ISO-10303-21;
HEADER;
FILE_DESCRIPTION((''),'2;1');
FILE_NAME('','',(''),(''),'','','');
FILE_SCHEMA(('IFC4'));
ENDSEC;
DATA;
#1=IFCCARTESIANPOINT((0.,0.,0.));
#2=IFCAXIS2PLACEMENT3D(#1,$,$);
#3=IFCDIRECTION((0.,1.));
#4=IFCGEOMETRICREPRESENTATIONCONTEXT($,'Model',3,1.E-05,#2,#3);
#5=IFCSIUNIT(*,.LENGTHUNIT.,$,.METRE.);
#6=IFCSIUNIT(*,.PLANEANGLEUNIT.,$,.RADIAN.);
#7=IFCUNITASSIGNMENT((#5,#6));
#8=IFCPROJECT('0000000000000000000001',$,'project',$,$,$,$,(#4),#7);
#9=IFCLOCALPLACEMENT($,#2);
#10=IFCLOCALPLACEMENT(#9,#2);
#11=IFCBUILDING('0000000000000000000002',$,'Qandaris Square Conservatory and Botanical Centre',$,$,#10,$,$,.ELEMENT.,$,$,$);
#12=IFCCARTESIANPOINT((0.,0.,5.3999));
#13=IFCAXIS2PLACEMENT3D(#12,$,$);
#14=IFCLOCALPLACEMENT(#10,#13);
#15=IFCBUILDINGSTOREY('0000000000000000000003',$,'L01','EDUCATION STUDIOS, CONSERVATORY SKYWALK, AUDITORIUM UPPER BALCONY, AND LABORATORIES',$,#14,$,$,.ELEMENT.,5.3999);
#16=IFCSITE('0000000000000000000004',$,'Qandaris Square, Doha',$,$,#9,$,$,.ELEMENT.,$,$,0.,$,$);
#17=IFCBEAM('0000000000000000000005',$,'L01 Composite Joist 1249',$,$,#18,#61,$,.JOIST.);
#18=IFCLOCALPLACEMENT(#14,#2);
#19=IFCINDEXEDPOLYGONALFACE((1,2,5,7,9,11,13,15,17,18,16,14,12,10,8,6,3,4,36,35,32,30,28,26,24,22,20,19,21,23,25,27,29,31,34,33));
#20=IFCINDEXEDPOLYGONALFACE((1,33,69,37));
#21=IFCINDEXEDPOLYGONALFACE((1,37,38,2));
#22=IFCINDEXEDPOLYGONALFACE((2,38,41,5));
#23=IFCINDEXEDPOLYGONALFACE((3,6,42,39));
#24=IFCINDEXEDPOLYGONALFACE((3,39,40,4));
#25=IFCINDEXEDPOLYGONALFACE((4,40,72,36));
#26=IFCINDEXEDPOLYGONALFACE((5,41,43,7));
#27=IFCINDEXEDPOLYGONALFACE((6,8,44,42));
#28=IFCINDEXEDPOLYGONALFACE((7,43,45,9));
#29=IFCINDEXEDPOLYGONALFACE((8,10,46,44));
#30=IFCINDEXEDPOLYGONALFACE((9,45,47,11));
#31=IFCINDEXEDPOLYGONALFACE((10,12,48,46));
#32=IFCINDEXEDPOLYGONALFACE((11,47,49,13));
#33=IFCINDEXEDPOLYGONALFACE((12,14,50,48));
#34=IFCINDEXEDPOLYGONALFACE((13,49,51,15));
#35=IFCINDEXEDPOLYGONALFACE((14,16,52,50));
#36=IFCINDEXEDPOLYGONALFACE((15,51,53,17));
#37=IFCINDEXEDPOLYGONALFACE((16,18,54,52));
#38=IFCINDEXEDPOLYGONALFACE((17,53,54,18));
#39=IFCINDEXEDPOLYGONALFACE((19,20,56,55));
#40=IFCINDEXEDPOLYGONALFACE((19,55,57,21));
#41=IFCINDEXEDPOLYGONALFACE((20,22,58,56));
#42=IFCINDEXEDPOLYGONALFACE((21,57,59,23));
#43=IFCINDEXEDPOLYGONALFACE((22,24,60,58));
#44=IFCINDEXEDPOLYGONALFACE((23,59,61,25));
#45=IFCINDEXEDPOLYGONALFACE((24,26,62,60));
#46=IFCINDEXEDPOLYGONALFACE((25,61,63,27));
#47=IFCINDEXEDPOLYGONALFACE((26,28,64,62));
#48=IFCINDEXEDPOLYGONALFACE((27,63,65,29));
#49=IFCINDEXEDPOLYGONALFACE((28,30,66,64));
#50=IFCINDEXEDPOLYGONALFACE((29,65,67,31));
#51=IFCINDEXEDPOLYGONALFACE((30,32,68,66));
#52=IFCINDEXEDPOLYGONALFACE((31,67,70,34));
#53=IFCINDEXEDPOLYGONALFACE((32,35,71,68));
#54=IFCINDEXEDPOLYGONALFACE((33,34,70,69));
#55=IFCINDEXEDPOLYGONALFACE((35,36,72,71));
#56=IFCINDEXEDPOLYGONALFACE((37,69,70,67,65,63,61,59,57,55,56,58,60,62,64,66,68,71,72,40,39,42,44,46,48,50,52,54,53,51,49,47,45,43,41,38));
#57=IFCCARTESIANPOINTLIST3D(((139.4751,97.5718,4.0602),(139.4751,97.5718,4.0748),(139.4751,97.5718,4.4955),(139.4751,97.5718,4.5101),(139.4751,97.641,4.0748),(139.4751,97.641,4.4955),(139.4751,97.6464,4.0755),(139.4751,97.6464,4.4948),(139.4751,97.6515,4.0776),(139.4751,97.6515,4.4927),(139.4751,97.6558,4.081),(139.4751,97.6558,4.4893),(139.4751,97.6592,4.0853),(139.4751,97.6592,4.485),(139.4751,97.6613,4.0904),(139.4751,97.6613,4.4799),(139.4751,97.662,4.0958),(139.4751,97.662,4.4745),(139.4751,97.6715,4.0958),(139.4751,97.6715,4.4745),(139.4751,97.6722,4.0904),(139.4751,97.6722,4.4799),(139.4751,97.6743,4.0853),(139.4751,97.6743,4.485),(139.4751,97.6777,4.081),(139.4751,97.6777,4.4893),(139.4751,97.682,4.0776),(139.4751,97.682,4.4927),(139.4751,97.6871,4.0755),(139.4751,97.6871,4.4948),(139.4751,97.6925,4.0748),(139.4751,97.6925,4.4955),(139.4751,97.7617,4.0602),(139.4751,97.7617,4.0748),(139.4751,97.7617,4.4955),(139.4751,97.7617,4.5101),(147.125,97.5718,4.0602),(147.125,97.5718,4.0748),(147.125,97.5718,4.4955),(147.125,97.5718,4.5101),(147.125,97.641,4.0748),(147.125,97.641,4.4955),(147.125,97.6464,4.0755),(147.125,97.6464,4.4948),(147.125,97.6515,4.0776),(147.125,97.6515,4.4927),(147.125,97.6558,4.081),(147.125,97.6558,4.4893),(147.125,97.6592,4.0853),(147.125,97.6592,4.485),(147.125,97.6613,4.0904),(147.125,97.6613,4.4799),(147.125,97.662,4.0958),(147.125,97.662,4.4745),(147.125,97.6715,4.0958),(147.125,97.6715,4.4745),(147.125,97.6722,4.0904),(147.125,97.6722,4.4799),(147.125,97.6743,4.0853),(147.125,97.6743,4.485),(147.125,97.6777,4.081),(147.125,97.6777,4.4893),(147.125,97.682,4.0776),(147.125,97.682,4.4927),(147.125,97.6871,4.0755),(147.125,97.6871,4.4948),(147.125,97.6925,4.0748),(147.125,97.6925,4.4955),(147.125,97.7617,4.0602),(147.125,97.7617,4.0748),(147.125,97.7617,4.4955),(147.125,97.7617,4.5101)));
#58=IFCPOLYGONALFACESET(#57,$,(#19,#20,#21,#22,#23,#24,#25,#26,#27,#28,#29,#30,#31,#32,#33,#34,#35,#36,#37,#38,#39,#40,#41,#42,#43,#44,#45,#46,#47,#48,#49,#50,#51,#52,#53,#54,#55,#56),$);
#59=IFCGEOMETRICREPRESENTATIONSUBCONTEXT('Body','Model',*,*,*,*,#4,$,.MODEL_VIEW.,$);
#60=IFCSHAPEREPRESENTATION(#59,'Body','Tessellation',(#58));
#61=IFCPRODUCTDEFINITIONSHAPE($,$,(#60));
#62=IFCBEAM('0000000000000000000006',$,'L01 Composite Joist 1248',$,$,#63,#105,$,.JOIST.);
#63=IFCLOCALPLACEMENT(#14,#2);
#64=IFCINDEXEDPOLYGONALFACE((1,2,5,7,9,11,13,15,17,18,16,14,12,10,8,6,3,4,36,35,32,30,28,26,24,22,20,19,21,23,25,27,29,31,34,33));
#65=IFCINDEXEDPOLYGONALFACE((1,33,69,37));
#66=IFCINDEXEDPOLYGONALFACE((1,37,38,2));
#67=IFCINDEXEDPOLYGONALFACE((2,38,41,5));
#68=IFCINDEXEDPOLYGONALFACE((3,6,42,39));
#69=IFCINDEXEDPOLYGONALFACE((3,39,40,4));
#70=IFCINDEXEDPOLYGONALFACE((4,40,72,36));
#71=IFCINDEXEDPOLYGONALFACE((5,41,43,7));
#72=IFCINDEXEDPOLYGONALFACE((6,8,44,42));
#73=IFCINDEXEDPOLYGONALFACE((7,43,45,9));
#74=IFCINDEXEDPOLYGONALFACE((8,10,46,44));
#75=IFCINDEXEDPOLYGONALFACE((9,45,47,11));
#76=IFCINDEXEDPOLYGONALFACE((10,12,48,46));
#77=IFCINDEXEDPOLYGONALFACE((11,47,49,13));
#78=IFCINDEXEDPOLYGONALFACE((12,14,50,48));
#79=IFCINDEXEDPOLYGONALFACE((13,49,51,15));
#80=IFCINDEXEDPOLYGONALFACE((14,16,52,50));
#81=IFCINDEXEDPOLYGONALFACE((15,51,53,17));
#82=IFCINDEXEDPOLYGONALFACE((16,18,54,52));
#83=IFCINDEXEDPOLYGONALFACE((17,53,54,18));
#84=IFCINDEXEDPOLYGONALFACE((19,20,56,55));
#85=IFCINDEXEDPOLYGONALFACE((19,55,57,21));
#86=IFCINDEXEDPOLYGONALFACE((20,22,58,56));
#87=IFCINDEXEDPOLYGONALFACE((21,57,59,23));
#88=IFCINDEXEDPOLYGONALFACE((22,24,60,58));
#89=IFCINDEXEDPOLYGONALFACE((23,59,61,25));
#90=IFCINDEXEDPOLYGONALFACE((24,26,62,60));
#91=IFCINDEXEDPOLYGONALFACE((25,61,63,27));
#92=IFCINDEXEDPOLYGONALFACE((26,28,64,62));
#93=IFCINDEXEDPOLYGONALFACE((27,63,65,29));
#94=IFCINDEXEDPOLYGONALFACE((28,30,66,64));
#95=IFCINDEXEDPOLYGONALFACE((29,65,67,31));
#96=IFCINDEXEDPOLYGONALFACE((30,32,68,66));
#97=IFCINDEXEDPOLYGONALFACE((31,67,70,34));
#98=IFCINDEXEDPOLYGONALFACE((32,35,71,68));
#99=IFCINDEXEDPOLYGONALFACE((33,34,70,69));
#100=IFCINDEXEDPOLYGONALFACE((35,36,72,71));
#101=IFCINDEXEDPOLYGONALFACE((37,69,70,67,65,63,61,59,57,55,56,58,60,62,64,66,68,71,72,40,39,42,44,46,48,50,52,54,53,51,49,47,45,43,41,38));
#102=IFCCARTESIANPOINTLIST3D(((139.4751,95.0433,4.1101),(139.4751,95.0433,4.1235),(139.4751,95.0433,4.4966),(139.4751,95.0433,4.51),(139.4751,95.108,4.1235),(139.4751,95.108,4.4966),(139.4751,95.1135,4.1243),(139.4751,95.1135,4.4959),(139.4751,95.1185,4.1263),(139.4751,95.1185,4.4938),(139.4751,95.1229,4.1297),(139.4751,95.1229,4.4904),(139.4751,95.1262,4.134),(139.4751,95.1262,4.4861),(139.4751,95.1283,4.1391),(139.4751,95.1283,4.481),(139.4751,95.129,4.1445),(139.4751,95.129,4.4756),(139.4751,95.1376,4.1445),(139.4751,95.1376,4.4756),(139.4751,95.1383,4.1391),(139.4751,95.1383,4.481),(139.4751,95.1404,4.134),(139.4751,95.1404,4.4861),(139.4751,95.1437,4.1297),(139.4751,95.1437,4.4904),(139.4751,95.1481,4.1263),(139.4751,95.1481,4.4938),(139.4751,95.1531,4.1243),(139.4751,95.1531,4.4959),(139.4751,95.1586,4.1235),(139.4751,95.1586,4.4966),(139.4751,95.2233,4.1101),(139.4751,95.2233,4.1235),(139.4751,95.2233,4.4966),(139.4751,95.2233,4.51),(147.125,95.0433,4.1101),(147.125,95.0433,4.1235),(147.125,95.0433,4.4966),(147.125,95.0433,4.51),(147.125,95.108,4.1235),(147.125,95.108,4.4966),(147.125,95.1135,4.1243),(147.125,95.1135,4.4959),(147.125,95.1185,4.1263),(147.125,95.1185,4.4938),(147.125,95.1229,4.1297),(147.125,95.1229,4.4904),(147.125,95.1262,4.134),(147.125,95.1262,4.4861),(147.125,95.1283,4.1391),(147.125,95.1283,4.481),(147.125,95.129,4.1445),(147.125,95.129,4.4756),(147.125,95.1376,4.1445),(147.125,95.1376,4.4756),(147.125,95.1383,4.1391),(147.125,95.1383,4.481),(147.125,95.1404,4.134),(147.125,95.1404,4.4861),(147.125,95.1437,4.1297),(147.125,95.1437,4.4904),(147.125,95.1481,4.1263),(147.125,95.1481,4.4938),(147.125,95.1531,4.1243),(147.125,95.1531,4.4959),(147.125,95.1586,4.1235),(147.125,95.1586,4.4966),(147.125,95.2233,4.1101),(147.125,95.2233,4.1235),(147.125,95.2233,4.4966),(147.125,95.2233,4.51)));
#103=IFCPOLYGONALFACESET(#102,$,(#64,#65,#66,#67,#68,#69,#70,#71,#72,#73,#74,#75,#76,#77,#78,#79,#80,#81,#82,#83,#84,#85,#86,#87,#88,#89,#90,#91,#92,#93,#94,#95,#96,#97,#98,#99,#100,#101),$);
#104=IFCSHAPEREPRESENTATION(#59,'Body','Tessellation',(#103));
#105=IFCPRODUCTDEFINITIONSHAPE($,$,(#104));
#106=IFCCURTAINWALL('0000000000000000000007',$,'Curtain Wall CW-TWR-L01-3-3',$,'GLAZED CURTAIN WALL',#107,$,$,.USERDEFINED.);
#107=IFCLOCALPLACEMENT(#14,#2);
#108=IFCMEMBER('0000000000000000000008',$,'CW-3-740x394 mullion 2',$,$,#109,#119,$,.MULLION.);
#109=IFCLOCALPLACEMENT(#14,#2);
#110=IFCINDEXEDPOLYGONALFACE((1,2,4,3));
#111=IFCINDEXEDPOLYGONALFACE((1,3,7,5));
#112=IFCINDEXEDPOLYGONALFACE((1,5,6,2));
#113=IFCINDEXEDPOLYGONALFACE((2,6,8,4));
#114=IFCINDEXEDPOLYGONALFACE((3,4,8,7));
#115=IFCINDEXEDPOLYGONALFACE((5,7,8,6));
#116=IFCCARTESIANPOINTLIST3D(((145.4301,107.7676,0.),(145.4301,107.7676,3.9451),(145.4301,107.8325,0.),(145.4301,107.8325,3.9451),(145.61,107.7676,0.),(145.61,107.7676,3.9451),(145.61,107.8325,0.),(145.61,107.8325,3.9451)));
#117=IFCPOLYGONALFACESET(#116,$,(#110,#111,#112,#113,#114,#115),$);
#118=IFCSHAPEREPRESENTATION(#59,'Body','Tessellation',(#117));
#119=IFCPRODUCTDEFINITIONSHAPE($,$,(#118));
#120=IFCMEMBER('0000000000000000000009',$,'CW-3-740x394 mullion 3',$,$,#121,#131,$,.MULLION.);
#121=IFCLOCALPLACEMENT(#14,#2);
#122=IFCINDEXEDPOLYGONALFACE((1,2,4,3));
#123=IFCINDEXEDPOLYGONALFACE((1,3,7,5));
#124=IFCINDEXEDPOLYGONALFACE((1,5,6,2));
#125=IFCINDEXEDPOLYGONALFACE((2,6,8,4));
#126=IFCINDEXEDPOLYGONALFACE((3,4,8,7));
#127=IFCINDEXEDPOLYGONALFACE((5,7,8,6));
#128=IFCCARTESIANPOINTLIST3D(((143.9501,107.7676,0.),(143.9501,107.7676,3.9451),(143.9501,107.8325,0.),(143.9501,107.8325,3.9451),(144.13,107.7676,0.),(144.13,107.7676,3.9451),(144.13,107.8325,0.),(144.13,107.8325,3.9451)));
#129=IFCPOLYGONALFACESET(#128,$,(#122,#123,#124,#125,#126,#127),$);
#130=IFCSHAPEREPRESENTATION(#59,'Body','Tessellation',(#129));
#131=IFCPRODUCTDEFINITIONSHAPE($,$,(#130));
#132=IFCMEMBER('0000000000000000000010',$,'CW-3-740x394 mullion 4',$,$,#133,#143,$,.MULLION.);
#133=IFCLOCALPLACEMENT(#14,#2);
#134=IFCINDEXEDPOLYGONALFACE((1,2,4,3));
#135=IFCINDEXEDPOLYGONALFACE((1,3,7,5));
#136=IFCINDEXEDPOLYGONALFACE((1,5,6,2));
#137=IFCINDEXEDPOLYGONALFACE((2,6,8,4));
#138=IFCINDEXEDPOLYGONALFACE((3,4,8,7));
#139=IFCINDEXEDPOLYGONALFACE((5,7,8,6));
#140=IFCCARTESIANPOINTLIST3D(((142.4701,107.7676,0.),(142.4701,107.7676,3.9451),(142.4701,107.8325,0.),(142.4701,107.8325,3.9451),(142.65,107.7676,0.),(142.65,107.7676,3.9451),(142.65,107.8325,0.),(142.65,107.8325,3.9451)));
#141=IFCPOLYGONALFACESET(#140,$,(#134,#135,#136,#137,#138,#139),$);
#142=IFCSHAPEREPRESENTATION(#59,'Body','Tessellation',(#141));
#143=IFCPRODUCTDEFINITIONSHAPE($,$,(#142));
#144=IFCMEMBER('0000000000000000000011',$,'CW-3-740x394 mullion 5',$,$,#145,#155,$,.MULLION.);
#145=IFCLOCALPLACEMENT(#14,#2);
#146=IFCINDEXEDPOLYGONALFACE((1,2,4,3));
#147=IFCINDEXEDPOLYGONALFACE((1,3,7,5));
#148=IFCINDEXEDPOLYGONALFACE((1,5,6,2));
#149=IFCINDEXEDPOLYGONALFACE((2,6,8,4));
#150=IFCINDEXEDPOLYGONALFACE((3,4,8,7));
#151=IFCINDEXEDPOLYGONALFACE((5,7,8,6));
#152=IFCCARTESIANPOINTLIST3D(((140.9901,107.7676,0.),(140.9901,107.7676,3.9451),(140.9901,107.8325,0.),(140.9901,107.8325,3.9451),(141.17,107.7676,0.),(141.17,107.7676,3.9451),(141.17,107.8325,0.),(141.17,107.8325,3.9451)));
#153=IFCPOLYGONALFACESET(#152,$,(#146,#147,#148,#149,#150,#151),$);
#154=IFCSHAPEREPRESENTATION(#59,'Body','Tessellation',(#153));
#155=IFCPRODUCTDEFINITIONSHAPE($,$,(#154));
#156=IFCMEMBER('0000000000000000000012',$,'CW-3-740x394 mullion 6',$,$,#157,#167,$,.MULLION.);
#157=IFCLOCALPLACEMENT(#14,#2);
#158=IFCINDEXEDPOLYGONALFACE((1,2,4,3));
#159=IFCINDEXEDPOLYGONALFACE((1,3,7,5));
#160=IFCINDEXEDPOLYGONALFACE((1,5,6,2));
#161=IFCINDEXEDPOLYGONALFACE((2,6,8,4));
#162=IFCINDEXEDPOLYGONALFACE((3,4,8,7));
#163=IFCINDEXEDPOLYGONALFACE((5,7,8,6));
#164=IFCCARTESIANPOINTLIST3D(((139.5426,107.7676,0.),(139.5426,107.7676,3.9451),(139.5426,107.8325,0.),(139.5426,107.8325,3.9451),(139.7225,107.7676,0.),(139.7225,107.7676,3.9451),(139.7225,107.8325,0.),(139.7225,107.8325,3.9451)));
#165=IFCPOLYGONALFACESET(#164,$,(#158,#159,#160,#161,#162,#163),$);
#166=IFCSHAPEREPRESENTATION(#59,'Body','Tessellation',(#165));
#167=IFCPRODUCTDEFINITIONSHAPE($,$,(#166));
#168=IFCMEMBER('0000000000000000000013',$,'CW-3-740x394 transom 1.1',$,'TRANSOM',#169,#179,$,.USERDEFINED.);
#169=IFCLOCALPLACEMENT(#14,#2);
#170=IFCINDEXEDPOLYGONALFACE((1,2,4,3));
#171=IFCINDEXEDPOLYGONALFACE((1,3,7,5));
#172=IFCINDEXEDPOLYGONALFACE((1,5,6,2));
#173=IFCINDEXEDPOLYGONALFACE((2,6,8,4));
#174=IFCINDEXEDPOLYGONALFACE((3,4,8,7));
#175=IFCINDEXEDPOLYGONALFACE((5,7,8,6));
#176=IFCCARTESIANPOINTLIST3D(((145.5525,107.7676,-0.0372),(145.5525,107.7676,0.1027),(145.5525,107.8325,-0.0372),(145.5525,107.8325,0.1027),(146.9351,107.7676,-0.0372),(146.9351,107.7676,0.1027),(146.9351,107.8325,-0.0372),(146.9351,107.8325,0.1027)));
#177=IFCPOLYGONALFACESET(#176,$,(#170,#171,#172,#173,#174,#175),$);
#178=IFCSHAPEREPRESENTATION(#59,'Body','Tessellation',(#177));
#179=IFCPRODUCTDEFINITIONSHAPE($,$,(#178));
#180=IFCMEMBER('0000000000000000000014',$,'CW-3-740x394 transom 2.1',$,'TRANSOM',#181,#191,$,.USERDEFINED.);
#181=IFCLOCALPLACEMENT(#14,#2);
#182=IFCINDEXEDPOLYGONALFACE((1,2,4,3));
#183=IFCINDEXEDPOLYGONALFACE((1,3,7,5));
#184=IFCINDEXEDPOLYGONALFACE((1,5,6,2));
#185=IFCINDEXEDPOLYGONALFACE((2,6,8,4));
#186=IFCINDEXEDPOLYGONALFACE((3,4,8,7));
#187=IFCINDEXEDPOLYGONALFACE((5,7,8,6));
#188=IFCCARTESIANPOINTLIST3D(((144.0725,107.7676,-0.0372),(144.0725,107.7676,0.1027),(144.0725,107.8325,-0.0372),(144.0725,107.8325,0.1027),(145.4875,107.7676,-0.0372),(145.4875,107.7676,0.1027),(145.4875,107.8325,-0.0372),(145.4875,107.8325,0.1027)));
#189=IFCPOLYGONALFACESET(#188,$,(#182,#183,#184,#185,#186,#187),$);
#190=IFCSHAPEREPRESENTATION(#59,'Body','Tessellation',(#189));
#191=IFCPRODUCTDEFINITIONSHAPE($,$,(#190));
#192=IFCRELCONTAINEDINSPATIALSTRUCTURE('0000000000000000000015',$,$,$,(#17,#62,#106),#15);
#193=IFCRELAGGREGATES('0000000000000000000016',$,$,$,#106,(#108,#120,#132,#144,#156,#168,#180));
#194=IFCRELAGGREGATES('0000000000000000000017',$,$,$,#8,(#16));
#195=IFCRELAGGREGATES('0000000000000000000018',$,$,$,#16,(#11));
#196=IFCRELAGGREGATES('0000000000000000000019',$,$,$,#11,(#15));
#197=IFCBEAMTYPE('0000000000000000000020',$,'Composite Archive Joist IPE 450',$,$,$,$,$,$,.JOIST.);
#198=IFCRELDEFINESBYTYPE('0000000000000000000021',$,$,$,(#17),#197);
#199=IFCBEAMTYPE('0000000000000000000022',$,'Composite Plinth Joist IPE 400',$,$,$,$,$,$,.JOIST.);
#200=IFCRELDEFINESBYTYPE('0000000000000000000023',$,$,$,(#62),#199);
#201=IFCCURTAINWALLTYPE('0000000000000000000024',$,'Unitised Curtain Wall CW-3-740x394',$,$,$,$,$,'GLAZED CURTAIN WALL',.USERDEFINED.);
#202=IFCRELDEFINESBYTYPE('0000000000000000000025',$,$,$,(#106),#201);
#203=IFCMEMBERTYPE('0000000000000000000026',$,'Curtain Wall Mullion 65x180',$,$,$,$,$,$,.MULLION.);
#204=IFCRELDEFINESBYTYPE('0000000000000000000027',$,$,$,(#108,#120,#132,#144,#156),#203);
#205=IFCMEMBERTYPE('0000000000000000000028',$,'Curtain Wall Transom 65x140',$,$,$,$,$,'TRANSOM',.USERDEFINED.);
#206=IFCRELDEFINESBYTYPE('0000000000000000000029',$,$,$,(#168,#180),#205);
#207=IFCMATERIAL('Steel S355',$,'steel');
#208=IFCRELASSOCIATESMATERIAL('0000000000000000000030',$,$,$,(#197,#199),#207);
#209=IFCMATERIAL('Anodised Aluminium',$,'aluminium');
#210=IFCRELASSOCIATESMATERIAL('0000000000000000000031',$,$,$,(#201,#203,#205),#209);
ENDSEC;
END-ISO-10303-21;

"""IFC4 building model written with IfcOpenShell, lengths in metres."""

from ifc_helpers import new_model, si_unit, direction, frame, origin, origin_2d, place, context, subcontext, project, spatial, rectangle, i_section, extrude, material, material_profile, profile_set, type_object, element, aggregate, save


model = new_model("IFC4")

# Units and contexts
model_context = context("Model", 3, precision=1e-05, world=origin(), true_north=direction((0.0, 1.0)))
body_context = subcontext(model_context, "Body", "Model", "MODEL_VIEW")
ifc_project = project(units=[si_unit("LENGTHUNIT", "METRE"), si_unit("PLANEANGLEUNIT", "RADIAN")], contexts=[model_context])

# Site, building, storey
site_placement = place(None, origin())
site = spatial("IfcSite", under=ifc_project, at=site_placement, Name="Qandaris Square, Doha", CompositionType="ELEMENT", RefElevation=0.0)
building_placement = place(site_placement, origin())
building = spatial("IfcBuilding", under=site, at=building_placement, Name="Qandaris Square Conservatory and Botanical Centre", CompositionType="ELEMENT")
storey_placement = place(building_placement, frame((0.0, 0.0, 5.3999)))
storey = spatial("IfcBuildingStorey", under=building, at=storey_placement, Name="L01", Description="EDUCATION STUDIOS, CONSERVATORY SKYWALK, AUDITORIUM UPPER BALCONY, AND LABORATORIES", CompositionType="ELEMENT", Elevation=5.3999)

# Beams
ifc_material_1 = material(Name="Steel S355", Category="steel")
ifc_material_profile_1 = material_profile(ifc_material_1, i_section(OverallWidth=0.1899, OverallDepth=0.45, WebThickness=0.0095, FlangeThickness=0.0146, FilletRadius=0.021, at=origin_2d()), Name="IPE 450")
ifc_profile_set_1 = profile_set([ifc_material_profile_1], Name="Steel S355")
beam_type_1 = type_object("IfcBeamType", Name="Composite Archive Joist IPE 450", PredefinedType="JOIST", material=ifc_profile_set_1)
beam_1_placement = place(storey_placement, frame((139.4751, 97.6667, 4.2852), z_axis=(1.0, 0.0, 0.0), x_axis=(0.0, 1.0, 0.0)))
element("IfcBeam", 1, at=beam_1_placement, inside=storey, type_object=beam_type_1, Name="L01 Composite Joist 1249", PredefinedType="JOIST", context=body_context, shape_type="SweptSolid", body=[
    extrude(i_section(OverallWidth=0.1899, OverallDepth=0.45, WebThickness=0.0095, FlangeThickness=0.0146, FilletRadius=0.021, at=origin_2d()), origin(), (0.0, 0.0, 1.0), 7.6499),
])
ifc_material_profile_2 = material_profile(ifc_material_1, i_section(OverallWidth=0.1799, OverallDepth=0.3999, WebThickness=0.0085, FlangeThickness=0.0134, FilletRadius=0.021, at=origin_2d()), Name="IPE 400")
ifc_profile_set_2 = profile_set([ifc_material_profile_2], Name="Steel S355")
beam_type_2 = type_object("IfcBeamType", Name="Composite Plinth Joist IPE 400", PredefinedType="JOIST", material=ifc_profile_set_2)
beam_2_placement = place(storey_placement, frame((139.4751, 95.1333, 4.3101), z_axis=(1.0, 0.0, 0.0), x_axis=(0.0, 1.0, 0.0)))
element("IfcBeam", 2, at=beam_2_placement, inside=storey, type_object=beam_type_2, Name="L01 Composite Joist 1248", PredefinedType="JOIST", context=body_context, shape_type="SweptSolid", body=[
    extrude(i_section(OverallWidth=0.1799, OverallDepth=0.3999, WebThickness=0.0085, FlangeThickness=0.0134, FilletRadius=0.021, at=origin_2d()), origin(), (0.0, 0.0, 1.0), 7.6499),
])

# Curtain wall, members
ifc_material_2 = material(Name="Anodised Aluminium", Category="aluminium")
curtain_wall_type = type_object("IfcCurtainWallType", Name="Unitised Curtain Wall CW-3-740x394", ElementType="GLAZED CURTAIN WALL", PredefinedType="USERDEFINED", material=ifc_material_2)
curtain_wall_placement = place(storey_placement, origin())
curtain_wall = element("IfcCurtainWall", 3, at=curtain_wall_placement, inside=storey, type_object=curtain_wall_type, Name="Curtain Wall CW-TWR-L01-3-3", ObjectType="GLAZED CURTAIN WALL", PredefinedType="USERDEFINED")
ifc_material_profile_3 = material_profile(ifc_material_2, rectangle(XDim=0.0649, YDim=0.1799, at=origin_2d()), Name="ALU-MUL 65x180")
ifc_profile_set_3 = profile_set([ifc_material_profile_3], Name="Anodised Aluminium")
member_type_1 = type_object("IfcMemberType", Name="Curtain Wall Mullion 65x180", PredefinedType="MULLION", material=ifc_profile_set_3)
member_1_placement = place(storey_placement, frame((145.52, 107.8, 0.0), z_axis=(0.0, 0.0, 1.0), x_axis=(0.0, -1.0, 0.0)))
member_1 = element("IfcMember", 4, at=member_1_placement, type_object=member_type_1, Name="CW-3-740x394 mullion 2", PredefinedType="MULLION", context=body_context, shape_type="SweptSolid", body=[
    extrude(rectangle(XDim=0.0649, YDim=0.1799, at=origin_2d()), origin(), (0.0, 0.0, 1.0), 3.9451),
])
member_2_placement = place(storey_placement, frame((144.04, 107.8, 0.0), z_axis=(0.0, 0.0, 1.0), x_axis=(0.0, -1.0, 0.0)))
member_2 = element("IfcMember", 5, at=member_2_placement, type_object=member_type_1, Name="CW-3-740x394 mullion 3", PredefinedType="MULLION", context=body_context, shape_type="SweptSolid", body=[
    extrude(rectangle(XDim=0.0649, YDim=0.1799, at=origin_2d()), origin(), (0.0, 0.0, 1.0), 3.9451),
])
member_3_placement = place(storey_placement, frame((142.5601, 107.8, 0.0), z_axis=(0.0, 0.0, 1.0), x_axis=(0.0, -1.0, 0.0)))
member_3 = element("IfcMember", 6, at=member_3_placement, type_object=member_type_1, Name="CW-3-740x394 mullion 4", PredefinedType="MULLION", context=body_context, shape_type="SweptSolid", body=[
    extrude(rectangle(XDim=0.0649, YDim=0.1799, at=origin_2d()), origin(), (0.0, 0.0, 1.0), 3.9451),
])
member_4_placement = place(storey_placement, frame((141.0801, 107.8, 0.0), z_axis=(0.0, 0.0, 1.0), x_axis=(0.0, -1.0, 0.0)))
member_4 = element("IfcMember", 7, at=member_4_placement, type_object=member_type_1, Name="CW-3-740x394 mullion 5", PredefinedType="MULLION", context=body_context, shape_type="SweptSolid", body=[
    extrude(rectangle(XDim=0.0649, YDim=0.1799, at=origin_2d()), origin(), (0.0, 0.0, 1.0), 3.9451),
])
member_5_placement = place(storey_placement, frame((139.6326, 107.8, 0.0), z_axis=(0.0, 0.0, 1.0), x_axis=(0.0, -1.0, 0.0)))
member_5 = element("IfcMember", 8, at=member_5_placement, type_object=member_type_1, Name="CW-3-740x394 mullion 6", PredefinedType="MULLION", context=body_context, shape_type="SweptSolid", body=[
    extrude(rectangle(XDim=0.0649, YDim=0.1799, at=origin_2d()), origin(), (0.0, 0.0, 1.0), 3.9451),
])
ifc_material_profile_4 = material_profile(ifc_material_2, rectangle(XDim=0.0649, YDim=0.1399, at=origin_2d()), Name="ALU-TRN 65x140")
ifc_profile_set_4 = profile_set([ifc_material_profile_4], Name="Anodised Aluminium")
member_type_2 = type_object("IfcMemberType", Name="Curtain Wall Transom 65x140", ElementType="TRANSOM", PredefinedType="USERDEFINED", material=ifc_profile_set_4)
member_6_placement = place(storey_placement, frame((146.9351, 107.8, 0.0327), z_axis=(-1.0, 0.0, 0.0), x_axis=(0.0, -1.0, 0.0)))
member_6 = element("IfcMember", 9, at=member_6_placement, type_object=member_type_2, Name="CW-3-740x394 transom 1.1", ObjectType="TRANSOM", PredefinedType="USERDEFINED", context=body_context, shape_type="SweptSolid", body=[
    extrude(rectangle(XDim=0.0649, YDim=0.1399, at=origin_2d()), origin(), (0.0, 0.0, 1.0), 1.3826),
])
member_7_placement = place(storey_placement, frame((145.4875, 107.8, 0.0327), z_axis=(-1.0, 0.0, 0.0), x_axis=(0.0, -1.0, 0.0)))
member_7 = element("IfcMember", 10, at=member_7_placement, type_object=member_type_2, Name="CW-3-740x394 transom 2.1", ObjectType="TRANSOM", PredefinedType="USERDEFINED", context=body_context, shape_type="SweptSolid", body=[
    extrude(rectangle(XDim=0.0649, YDim=0.1399, at=origin_2d()), origin(), (0.0, 0.0, 1.0), 1.415),
])
aggregate(curtain_wall, [member_1, member_2, member_3, member_4, member_5, member_6, member_7])

save(model, "model.ifc")
